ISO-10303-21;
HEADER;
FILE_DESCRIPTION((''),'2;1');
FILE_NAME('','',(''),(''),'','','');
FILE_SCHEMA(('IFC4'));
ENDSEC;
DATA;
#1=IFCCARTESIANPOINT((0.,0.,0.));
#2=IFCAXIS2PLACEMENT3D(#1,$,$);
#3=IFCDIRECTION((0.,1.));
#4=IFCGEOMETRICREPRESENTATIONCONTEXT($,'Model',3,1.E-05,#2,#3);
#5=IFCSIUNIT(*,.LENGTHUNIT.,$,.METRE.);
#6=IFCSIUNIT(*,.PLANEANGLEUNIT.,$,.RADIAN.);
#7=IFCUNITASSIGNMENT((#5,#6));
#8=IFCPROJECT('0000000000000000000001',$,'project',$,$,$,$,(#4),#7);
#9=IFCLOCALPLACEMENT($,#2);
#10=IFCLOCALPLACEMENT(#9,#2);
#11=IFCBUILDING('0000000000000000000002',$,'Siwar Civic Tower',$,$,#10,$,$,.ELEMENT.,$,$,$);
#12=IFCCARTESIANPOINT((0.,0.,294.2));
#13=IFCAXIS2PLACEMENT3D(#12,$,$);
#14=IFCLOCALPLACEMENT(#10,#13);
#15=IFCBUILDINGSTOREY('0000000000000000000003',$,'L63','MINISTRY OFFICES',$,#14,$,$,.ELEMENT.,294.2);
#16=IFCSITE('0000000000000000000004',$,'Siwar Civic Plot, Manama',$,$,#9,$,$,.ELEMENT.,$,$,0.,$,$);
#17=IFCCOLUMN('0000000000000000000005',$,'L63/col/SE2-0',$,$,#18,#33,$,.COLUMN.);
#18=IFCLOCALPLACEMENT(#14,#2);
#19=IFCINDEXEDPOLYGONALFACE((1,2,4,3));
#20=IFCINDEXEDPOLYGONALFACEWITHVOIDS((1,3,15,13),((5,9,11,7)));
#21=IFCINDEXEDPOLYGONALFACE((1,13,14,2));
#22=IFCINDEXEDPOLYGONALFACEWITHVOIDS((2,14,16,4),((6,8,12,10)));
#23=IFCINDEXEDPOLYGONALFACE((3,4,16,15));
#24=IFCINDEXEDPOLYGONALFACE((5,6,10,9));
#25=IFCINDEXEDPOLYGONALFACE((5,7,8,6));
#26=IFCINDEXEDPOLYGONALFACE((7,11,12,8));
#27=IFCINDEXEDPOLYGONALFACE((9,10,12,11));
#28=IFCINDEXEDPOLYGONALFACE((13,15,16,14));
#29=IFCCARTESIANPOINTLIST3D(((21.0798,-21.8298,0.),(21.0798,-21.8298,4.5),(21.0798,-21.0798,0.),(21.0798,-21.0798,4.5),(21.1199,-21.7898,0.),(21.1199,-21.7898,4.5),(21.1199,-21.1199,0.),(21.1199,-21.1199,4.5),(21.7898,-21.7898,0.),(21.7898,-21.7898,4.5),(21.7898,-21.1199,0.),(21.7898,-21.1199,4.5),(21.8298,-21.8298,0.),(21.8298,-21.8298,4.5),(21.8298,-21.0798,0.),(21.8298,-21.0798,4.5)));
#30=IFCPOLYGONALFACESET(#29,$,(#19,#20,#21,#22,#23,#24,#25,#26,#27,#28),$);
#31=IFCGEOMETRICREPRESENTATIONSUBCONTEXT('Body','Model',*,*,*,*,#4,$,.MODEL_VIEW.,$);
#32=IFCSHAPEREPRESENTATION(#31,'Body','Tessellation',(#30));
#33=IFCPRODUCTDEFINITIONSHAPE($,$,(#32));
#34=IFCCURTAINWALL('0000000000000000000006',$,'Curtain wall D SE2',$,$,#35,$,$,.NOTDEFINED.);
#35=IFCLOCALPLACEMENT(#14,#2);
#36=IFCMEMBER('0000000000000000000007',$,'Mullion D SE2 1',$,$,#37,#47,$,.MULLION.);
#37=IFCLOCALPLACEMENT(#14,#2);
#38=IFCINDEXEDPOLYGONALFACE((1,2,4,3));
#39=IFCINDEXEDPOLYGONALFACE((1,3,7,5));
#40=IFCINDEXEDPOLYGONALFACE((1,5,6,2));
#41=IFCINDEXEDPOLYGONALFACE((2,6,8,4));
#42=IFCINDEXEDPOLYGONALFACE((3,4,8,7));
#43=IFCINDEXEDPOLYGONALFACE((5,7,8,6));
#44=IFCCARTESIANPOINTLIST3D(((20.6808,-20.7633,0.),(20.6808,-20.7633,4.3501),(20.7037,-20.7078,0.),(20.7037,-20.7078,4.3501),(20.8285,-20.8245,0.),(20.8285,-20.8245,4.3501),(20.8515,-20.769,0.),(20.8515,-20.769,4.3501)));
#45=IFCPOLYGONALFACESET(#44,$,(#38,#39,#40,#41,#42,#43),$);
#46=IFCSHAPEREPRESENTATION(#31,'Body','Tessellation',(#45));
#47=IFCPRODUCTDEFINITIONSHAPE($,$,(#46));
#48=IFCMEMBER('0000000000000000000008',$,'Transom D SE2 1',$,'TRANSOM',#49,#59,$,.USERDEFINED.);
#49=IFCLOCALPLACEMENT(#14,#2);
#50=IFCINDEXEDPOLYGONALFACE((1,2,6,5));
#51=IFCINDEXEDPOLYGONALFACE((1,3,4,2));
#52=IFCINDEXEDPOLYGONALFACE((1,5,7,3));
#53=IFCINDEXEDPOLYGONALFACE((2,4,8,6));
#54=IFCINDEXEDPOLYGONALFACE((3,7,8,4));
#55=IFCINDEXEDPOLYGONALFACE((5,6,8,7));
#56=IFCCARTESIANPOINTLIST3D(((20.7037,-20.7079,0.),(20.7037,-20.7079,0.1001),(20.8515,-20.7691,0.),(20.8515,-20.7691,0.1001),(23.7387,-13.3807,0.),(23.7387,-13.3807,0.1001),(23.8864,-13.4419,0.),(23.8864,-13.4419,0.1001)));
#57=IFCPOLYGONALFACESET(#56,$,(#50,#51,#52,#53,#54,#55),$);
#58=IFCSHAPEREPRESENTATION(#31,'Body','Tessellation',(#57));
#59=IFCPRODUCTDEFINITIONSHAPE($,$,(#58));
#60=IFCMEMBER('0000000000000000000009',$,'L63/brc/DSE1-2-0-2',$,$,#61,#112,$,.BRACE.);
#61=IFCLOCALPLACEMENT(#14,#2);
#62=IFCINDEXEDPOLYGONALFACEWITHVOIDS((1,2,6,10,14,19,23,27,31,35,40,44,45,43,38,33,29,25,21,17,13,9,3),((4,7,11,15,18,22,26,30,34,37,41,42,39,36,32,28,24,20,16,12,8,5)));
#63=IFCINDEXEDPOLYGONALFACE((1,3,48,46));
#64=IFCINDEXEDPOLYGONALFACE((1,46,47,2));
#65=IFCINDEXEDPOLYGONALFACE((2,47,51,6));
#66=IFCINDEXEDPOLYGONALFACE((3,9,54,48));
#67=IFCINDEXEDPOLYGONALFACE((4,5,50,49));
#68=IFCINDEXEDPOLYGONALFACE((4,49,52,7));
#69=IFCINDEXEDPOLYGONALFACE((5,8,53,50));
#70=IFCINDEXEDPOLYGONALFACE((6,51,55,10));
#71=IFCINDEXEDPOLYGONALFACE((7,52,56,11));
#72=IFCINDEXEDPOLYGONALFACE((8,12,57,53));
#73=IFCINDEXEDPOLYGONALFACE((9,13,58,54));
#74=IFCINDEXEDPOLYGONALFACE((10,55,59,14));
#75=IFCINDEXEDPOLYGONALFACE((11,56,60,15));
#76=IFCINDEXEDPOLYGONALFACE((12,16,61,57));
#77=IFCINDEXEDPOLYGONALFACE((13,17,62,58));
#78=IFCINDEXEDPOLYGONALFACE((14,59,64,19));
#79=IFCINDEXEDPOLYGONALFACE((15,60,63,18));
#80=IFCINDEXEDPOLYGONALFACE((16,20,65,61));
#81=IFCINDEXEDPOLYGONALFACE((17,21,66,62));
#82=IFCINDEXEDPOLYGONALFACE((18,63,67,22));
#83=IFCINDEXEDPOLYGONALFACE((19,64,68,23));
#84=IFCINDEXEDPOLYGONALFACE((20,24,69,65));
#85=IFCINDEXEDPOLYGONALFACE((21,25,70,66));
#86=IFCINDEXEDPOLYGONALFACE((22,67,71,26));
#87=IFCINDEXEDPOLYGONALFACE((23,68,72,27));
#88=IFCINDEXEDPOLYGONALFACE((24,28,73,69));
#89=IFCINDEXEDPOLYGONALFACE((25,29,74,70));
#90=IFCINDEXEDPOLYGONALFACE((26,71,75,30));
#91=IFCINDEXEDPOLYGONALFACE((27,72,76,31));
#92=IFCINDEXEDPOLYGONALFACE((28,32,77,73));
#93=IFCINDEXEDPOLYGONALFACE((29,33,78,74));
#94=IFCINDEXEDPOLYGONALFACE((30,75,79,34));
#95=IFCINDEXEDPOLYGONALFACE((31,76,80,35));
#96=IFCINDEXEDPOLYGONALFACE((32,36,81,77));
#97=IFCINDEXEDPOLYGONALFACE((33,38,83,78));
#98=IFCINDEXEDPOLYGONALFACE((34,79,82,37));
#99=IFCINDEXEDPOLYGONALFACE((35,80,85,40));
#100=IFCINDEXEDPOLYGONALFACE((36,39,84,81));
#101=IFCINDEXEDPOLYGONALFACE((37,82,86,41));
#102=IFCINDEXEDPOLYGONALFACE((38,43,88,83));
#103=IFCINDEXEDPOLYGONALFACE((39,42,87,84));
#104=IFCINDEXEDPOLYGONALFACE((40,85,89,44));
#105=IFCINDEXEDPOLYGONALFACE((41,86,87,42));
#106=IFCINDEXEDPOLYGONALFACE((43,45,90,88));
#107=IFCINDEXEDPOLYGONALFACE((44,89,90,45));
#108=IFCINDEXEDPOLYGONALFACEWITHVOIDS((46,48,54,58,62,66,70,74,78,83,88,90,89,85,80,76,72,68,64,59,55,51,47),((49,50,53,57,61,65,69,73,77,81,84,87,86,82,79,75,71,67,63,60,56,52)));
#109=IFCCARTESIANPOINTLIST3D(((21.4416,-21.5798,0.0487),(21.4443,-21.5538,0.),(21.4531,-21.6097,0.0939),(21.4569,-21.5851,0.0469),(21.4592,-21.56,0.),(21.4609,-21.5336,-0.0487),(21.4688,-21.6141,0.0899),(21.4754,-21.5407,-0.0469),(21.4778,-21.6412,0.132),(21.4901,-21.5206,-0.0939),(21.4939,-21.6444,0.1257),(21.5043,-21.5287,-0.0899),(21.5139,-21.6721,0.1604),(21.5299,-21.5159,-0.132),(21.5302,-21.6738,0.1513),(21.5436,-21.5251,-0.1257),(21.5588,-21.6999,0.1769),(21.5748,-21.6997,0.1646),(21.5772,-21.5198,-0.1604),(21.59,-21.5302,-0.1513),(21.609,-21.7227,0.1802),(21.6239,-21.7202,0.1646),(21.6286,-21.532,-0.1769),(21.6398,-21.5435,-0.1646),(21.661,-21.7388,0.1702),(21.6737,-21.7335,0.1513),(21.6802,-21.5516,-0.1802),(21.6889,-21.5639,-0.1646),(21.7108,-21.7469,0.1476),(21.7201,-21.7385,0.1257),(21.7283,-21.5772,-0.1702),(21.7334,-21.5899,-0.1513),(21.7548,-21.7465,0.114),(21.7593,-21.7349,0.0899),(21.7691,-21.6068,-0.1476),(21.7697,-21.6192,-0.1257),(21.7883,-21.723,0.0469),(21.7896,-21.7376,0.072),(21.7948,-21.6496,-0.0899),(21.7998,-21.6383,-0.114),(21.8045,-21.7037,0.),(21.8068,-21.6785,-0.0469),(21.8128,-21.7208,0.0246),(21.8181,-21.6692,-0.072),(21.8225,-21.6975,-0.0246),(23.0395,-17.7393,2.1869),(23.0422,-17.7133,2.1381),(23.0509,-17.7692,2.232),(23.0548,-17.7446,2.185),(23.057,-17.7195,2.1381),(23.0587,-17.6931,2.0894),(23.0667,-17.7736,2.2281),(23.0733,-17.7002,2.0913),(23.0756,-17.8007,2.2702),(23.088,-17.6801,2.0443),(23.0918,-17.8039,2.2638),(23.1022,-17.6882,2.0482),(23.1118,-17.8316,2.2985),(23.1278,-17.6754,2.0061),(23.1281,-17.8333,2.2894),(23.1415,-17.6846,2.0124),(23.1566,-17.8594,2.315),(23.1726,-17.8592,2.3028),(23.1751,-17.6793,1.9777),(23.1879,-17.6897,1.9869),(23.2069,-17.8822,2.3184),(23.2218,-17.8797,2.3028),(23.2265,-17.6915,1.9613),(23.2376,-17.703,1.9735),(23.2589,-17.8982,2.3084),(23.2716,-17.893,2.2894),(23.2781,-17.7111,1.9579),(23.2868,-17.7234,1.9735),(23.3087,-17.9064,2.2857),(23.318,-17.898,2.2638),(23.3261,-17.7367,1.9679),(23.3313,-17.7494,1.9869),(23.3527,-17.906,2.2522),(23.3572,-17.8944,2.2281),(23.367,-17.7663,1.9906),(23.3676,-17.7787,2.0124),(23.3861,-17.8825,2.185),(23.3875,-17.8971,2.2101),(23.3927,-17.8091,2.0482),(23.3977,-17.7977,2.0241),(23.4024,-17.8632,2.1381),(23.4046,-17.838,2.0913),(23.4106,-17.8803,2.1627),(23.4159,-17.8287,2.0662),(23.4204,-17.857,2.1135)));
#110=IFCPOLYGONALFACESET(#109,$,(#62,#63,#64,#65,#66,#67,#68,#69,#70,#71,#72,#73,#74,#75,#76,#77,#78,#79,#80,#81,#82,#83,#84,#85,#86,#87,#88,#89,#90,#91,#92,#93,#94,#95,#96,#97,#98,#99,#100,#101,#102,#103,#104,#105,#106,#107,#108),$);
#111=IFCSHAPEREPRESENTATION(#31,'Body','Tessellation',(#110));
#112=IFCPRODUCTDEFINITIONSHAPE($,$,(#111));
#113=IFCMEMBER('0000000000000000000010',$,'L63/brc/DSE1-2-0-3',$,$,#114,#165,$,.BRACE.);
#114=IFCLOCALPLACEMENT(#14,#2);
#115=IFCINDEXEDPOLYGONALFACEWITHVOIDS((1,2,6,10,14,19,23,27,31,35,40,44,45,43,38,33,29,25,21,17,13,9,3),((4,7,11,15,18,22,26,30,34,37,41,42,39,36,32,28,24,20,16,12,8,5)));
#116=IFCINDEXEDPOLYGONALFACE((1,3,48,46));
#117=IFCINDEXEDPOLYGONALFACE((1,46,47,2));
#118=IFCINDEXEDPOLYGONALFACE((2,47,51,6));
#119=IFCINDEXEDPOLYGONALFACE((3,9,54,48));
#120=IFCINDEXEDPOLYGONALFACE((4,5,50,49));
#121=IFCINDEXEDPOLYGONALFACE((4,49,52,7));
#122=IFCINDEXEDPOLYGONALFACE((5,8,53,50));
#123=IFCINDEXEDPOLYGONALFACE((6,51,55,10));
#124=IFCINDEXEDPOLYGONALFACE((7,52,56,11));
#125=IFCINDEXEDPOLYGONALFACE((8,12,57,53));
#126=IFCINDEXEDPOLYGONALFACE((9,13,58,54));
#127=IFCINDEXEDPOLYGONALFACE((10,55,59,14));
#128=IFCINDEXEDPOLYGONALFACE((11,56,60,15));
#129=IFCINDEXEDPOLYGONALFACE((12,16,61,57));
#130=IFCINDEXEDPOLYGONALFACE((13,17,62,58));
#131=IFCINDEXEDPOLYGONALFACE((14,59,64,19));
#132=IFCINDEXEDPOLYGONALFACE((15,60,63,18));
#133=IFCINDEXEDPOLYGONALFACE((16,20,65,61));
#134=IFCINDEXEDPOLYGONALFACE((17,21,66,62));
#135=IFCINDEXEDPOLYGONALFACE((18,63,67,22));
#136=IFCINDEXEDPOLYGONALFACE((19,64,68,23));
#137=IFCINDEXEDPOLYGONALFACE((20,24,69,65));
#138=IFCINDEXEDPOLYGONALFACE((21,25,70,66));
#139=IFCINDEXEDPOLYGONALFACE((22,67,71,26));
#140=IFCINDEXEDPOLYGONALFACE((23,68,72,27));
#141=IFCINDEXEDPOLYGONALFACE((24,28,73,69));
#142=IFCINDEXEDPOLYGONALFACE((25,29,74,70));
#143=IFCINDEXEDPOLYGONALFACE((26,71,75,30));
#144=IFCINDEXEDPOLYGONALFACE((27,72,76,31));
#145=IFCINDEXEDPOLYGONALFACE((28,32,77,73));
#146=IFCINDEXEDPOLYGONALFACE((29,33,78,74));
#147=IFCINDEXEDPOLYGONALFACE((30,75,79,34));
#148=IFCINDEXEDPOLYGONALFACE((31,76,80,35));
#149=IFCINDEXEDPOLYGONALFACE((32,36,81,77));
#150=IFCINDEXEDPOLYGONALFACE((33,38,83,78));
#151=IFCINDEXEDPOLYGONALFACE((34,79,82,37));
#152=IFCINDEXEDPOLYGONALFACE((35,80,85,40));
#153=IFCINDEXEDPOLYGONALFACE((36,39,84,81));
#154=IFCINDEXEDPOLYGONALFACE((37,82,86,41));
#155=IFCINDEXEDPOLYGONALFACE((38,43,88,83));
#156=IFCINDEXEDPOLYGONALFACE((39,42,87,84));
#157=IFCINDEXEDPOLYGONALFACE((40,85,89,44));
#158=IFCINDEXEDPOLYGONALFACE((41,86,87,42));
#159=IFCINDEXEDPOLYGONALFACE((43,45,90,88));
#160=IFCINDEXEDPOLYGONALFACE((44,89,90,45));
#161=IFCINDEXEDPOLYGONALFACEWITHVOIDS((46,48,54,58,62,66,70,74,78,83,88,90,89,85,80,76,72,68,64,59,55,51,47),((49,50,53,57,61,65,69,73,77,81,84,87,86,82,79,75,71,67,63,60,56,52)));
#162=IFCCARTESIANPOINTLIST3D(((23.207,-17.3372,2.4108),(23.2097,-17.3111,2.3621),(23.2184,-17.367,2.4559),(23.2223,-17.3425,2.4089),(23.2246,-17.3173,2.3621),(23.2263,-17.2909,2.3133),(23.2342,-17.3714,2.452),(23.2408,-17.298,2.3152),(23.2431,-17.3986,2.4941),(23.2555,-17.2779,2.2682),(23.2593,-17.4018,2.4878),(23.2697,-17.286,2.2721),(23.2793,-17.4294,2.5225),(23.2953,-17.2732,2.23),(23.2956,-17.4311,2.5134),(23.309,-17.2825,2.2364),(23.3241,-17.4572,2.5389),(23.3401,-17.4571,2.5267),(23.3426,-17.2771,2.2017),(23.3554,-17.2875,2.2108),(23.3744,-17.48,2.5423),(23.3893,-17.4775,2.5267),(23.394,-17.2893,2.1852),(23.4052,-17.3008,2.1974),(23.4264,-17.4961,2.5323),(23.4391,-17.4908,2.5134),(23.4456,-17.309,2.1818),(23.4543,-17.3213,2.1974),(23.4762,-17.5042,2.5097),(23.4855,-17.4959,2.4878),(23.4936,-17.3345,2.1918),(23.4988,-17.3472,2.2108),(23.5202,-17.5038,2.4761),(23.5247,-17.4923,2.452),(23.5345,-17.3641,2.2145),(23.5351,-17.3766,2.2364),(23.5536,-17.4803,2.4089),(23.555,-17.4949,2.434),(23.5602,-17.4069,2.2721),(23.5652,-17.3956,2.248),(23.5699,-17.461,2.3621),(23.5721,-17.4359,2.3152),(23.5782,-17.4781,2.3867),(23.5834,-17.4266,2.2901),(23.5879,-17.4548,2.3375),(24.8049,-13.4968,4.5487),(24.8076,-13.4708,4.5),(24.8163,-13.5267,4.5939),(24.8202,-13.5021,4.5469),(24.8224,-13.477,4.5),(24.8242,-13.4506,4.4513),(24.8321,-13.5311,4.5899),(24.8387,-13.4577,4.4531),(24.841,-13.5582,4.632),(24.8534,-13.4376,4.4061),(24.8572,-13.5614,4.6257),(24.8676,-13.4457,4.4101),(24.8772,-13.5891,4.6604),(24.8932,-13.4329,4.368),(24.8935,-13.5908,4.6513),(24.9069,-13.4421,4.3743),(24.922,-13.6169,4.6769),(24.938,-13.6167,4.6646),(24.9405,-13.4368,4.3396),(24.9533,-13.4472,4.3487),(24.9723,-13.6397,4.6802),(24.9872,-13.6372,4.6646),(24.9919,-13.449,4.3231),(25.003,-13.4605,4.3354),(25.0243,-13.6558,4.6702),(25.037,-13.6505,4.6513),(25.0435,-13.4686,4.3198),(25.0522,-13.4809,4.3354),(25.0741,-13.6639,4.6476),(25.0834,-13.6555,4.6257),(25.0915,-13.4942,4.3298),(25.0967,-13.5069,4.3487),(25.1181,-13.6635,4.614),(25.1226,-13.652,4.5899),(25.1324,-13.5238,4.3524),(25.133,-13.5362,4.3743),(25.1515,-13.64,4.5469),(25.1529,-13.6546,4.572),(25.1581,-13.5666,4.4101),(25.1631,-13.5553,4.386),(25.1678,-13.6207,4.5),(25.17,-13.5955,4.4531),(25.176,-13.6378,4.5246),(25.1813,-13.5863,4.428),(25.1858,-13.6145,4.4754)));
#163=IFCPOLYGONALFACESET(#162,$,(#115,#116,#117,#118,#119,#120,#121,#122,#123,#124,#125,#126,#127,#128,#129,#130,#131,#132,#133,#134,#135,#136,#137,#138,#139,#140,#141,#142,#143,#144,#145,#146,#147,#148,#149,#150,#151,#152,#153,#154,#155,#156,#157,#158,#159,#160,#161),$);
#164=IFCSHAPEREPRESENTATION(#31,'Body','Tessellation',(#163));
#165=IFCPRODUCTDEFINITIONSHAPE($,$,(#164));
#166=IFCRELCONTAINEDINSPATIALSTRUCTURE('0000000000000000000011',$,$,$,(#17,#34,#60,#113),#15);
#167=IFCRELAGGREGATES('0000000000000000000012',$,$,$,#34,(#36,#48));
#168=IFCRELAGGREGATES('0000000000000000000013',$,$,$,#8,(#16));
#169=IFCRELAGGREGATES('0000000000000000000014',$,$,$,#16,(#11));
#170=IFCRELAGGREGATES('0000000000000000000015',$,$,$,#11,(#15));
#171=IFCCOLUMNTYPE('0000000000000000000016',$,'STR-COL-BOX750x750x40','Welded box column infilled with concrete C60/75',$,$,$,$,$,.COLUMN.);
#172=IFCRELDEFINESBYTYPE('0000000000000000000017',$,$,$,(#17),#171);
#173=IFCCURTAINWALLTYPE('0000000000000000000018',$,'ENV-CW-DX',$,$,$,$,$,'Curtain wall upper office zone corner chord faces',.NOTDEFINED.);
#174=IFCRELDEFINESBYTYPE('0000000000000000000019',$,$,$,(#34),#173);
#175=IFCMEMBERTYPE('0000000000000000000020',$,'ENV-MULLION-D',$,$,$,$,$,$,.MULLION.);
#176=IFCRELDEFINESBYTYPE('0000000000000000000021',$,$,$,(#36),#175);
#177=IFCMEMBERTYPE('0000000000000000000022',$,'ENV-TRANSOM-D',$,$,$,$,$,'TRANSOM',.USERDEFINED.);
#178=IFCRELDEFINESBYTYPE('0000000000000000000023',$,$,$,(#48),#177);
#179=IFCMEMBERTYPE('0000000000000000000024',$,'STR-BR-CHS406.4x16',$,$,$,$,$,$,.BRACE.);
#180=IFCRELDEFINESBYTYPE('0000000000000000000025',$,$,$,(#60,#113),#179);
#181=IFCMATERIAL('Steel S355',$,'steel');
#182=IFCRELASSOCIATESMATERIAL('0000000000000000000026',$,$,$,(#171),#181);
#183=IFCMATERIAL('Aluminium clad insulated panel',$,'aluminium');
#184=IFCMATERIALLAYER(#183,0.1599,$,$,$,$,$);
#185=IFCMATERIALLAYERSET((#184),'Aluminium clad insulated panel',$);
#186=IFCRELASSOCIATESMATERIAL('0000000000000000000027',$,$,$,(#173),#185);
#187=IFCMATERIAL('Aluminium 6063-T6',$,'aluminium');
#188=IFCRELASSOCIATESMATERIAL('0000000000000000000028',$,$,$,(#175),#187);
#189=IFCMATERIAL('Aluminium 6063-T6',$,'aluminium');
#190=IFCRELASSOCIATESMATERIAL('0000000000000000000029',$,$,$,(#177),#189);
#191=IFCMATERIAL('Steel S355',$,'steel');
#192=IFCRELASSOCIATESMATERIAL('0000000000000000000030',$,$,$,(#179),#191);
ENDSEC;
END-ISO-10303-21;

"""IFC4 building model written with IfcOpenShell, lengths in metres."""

from ifc_helpers import new_model, si_unit, direction, frame, origin, origin_2d, place, context, subcontext, project, spatial, rectangle, hollow_rectangle, hollow_circle, extrude, material, layer, layer_set, material_profile, profile_set, type_object, element, aggregate, save


model = new_model("IFC4")

# Units and contexts
model_context = context("Model", 3, precision=1e-05, world=origin(), true_north=direction((0.0, 1.0)))
body_context = subcontext(model_context, "Body", "Model", "MODEL_VIEW")
ifc_project = project(units=[si_unit("LENGTHUNIT", "METRE"), si_unit("PLANEANGLEUNIT", "RADIAN")], contexts=[model_context])

# Site, building, storey
site_placement = place(None, origin())
site = spatial("IfcSite", under=ifc_project, at=site_placement, Name="Siwar Civic Plot, Manama", CompositionType="ELEMENT", RefElevation=0.0)
building_placement = place(site_placement, origin())
building = spatial("IfcBuilding", under=site, at=building_placement, Name="Siwar Civic Tower", CompositionType="ELEMENT")
storey_placement = place(building_placement, frame((0.0, 0.0, 294.2)))
storey = spatial("IfcBuildingStorey", under=building, at=storey_placement, Name="L63", Description="MINISTRY OFFICES", CompositionType="ELEMENT", Elevation=294.2)

# Column
ifc_material_1 = material(Name="Steel S355", Category="steel")
ifc_material_profile_1 = material_profile(ifc_material_1, hollow_rectangle(XDim=0.75, YDim=0.75, WallThickness=0.04, at=origin_2d()), Name="BOX750x750x40")
ifc_profile_set_1 = profile_set([ifc_material_profile_1], Name="Steel S355")
column_type = type_object("IfcColumnType", Name="STR-COL-BOX750x750x40", Description="Welded box column infilled with concrete C60/75", PredefinedType="COLUMN", material=ifc_profile_set_1)
column_placement = place(storey_placement, frame((21.4548, -21.4548, 0.0), z_axis=(0.0, 0.0, 1.0), x_axis=(1.0, 0.0, 0.0)))
element("IfcColumn", 1, at=column_placement, inside=storey, type_object=column_type, Name="L63/col/SE2-0", PredefinedType="COLUMN", context=body_context, shape_type="SweptSolid", body=[
    extrude(hollow_rectangle(XDim=0.75, YDim=0.75, WallThickness=0.04, at=origin_2d()), origin(), (0.0, 0.0, 1.0), 4.5),
])

# Curtain wall, members
ifc_material_2 = material(Name="Aluminium clad insulated panel", Category="aluminium")
ifc_layer_1 = layer(ifc_material_2, 0.1599)
ifc_layer_set_1 = layer_set([ifc_layer_1], Name="Aluminium clad insulated panel")
curtain_wall_type = type_object("IfcCurtainWallType", Name="ENV-CW-DX", ElementType="Curtain wall upper office zone corner chord faces", PredefinedType="NOTDEFINED", material=ifc_layer_set_1)
curtain_wall_1_placement = place(storey_placement, origin())
curtain_wall_1 = element("IfcCurtainWall", 2, at=curtain_wall_1_placement, inside=storey, type_object=curtain_wall_type, Name="Curtain wall D SE2", PredefinedType="NOTDEFINED")
ifc_material_3 = material(Name="Aluminium 6063-T6", Category="aluminium")
ifc_material_profile_2 = material_profile(ifc_material_3, rectangle(XDim=0.1599, YDim=0.0601, at=origin_2d()), Name="AL 160x60")
ifc_profile_set_2 = profile_set([ifc_material_profile_2], Name="Aluminium 6063-T6")
member_type_1 = type_object("IfcMemberType", Name="ENV-MULLION-D", PredefinedType="MULLION", material=ifc_profile_set_2)
member_1_placement = place(storey_placement, frame((20.7661, -20.7661, 0.0), z_axis=(0.0, 0.0, 1.0), x_axis=(-0.92388, 0.382683, 0.0)))
member_1 = element("IfcMember", 3, at=member_1_placement, type_object=member_type_1, Name="Mullion D SE2 1", PredefinedType="MULLION", context=body_context, shape_type="SweptSolid", body=[
    extrude(rectangle(XDim=0.1599, YDim=0.0601, at=origin_2d()), origin(), (0.0, 0.0, 1.0), 4.3501),
])
ifc_material_4 = material(Name="Aluminium 6063-T6", Category="aluminium")
ifc_material_profile_3 = material_profile(ifc_material_4, rectangle(XDim=0.1599, YDim=0.1001, at=origin_2d()), Name="AL 160x100")
ifc_profile_set_3 = profile_set([ifc_material_profile_3], Name="Aluminium 6063-T6")
member_type_2 = type_object("IfcMemberType", Name="ENV-TRANSOM-D", ElementType="TRANSOM", PredefinedType="USERDEFINED", material=ifc_profile_set_3)
member_2_placement = place(storey_placement, frame((20.7776, -20.7385, 0.05), z_axis=(0.382674, 0.923884, 0.0), x_axis=(-0.923884, 0.382674, 0.0)))
member_2 = element("IfcMember", 4, at=member_2_placement, type_object=member_type_2, Name="Transom D SE2 1", ObjectType="TRANSOM", PredefinedType="USERDEFINED", context=body_context, shape_type="SweptSolid", body=[
    extrude(rectangle(XDim=0.1599, YDim=0.1001, at=origin_2d()), origin(), (0.0, 0.0, 1.0), 7.9309),
])

# Members
ifc_material_5 = material(Name="Steel S355", Category="steel")
ifc_material_profile_4 = material_profile(ifc_material_5, hollow_circle(Radius=0.2031, WallThickness=0.0161, at=origin_2d()), Name="CHS406.4x16")
ifc_profile_set_4 = profile_set([ifc_material_profile_4], Name="Steel S355")
member_type_3 = type_object("IfcMemberType", Name="STR-BR-CHS406.4x16", PredefinedType="BRACE", material=ifc_profile_set_4)
member_3_placement = place(storey_placement, frame((21.6318, -21.6318, 0.0), z_axis=(0.341644, 0.821147, 0.457161), x_axis=(-0.923276, 0.384136, 0.0)))
element("IfcMember", 5, at=member_3_placement, inside=storey, type_object=member_type_3, Name="L63/brc/DSE1-2-0-2", PredefinedType="BRACE", context=body_context, shape_type="SweptSolid", body=[
    extrude(hollow_circle(Radius=0.2031, WallThickness=0.0161, at=origin_2d()), origin(), (0.0, 0.0, 1.0), 4.677),
])
member_4_placement = place(storey_placement, frame((23.3972, -17.3892, 2.3621), z_axis=(0.341667, 0.82115, 0.45714), x_axis=(-0.923268, 0.384157, 0.0)))
element("IfcMember", 6, at=member_4_placement, inside=storey, type_object=member_type_3, Name="L63/brc/DSE1-2-0-3", PredefinedType="BRACE", context=body_context, shape_type="SweptSolid", body=[
    extrude(hollow_circle(Radius=0.2031, WallThickness=0.0161, at=origin_2d()), origin(), (0.0, 0.0, 1.0), 4.6768),
])

aggregate(curtain_wall_1, [member_1, member_2])

save(model, "model.ifc")
